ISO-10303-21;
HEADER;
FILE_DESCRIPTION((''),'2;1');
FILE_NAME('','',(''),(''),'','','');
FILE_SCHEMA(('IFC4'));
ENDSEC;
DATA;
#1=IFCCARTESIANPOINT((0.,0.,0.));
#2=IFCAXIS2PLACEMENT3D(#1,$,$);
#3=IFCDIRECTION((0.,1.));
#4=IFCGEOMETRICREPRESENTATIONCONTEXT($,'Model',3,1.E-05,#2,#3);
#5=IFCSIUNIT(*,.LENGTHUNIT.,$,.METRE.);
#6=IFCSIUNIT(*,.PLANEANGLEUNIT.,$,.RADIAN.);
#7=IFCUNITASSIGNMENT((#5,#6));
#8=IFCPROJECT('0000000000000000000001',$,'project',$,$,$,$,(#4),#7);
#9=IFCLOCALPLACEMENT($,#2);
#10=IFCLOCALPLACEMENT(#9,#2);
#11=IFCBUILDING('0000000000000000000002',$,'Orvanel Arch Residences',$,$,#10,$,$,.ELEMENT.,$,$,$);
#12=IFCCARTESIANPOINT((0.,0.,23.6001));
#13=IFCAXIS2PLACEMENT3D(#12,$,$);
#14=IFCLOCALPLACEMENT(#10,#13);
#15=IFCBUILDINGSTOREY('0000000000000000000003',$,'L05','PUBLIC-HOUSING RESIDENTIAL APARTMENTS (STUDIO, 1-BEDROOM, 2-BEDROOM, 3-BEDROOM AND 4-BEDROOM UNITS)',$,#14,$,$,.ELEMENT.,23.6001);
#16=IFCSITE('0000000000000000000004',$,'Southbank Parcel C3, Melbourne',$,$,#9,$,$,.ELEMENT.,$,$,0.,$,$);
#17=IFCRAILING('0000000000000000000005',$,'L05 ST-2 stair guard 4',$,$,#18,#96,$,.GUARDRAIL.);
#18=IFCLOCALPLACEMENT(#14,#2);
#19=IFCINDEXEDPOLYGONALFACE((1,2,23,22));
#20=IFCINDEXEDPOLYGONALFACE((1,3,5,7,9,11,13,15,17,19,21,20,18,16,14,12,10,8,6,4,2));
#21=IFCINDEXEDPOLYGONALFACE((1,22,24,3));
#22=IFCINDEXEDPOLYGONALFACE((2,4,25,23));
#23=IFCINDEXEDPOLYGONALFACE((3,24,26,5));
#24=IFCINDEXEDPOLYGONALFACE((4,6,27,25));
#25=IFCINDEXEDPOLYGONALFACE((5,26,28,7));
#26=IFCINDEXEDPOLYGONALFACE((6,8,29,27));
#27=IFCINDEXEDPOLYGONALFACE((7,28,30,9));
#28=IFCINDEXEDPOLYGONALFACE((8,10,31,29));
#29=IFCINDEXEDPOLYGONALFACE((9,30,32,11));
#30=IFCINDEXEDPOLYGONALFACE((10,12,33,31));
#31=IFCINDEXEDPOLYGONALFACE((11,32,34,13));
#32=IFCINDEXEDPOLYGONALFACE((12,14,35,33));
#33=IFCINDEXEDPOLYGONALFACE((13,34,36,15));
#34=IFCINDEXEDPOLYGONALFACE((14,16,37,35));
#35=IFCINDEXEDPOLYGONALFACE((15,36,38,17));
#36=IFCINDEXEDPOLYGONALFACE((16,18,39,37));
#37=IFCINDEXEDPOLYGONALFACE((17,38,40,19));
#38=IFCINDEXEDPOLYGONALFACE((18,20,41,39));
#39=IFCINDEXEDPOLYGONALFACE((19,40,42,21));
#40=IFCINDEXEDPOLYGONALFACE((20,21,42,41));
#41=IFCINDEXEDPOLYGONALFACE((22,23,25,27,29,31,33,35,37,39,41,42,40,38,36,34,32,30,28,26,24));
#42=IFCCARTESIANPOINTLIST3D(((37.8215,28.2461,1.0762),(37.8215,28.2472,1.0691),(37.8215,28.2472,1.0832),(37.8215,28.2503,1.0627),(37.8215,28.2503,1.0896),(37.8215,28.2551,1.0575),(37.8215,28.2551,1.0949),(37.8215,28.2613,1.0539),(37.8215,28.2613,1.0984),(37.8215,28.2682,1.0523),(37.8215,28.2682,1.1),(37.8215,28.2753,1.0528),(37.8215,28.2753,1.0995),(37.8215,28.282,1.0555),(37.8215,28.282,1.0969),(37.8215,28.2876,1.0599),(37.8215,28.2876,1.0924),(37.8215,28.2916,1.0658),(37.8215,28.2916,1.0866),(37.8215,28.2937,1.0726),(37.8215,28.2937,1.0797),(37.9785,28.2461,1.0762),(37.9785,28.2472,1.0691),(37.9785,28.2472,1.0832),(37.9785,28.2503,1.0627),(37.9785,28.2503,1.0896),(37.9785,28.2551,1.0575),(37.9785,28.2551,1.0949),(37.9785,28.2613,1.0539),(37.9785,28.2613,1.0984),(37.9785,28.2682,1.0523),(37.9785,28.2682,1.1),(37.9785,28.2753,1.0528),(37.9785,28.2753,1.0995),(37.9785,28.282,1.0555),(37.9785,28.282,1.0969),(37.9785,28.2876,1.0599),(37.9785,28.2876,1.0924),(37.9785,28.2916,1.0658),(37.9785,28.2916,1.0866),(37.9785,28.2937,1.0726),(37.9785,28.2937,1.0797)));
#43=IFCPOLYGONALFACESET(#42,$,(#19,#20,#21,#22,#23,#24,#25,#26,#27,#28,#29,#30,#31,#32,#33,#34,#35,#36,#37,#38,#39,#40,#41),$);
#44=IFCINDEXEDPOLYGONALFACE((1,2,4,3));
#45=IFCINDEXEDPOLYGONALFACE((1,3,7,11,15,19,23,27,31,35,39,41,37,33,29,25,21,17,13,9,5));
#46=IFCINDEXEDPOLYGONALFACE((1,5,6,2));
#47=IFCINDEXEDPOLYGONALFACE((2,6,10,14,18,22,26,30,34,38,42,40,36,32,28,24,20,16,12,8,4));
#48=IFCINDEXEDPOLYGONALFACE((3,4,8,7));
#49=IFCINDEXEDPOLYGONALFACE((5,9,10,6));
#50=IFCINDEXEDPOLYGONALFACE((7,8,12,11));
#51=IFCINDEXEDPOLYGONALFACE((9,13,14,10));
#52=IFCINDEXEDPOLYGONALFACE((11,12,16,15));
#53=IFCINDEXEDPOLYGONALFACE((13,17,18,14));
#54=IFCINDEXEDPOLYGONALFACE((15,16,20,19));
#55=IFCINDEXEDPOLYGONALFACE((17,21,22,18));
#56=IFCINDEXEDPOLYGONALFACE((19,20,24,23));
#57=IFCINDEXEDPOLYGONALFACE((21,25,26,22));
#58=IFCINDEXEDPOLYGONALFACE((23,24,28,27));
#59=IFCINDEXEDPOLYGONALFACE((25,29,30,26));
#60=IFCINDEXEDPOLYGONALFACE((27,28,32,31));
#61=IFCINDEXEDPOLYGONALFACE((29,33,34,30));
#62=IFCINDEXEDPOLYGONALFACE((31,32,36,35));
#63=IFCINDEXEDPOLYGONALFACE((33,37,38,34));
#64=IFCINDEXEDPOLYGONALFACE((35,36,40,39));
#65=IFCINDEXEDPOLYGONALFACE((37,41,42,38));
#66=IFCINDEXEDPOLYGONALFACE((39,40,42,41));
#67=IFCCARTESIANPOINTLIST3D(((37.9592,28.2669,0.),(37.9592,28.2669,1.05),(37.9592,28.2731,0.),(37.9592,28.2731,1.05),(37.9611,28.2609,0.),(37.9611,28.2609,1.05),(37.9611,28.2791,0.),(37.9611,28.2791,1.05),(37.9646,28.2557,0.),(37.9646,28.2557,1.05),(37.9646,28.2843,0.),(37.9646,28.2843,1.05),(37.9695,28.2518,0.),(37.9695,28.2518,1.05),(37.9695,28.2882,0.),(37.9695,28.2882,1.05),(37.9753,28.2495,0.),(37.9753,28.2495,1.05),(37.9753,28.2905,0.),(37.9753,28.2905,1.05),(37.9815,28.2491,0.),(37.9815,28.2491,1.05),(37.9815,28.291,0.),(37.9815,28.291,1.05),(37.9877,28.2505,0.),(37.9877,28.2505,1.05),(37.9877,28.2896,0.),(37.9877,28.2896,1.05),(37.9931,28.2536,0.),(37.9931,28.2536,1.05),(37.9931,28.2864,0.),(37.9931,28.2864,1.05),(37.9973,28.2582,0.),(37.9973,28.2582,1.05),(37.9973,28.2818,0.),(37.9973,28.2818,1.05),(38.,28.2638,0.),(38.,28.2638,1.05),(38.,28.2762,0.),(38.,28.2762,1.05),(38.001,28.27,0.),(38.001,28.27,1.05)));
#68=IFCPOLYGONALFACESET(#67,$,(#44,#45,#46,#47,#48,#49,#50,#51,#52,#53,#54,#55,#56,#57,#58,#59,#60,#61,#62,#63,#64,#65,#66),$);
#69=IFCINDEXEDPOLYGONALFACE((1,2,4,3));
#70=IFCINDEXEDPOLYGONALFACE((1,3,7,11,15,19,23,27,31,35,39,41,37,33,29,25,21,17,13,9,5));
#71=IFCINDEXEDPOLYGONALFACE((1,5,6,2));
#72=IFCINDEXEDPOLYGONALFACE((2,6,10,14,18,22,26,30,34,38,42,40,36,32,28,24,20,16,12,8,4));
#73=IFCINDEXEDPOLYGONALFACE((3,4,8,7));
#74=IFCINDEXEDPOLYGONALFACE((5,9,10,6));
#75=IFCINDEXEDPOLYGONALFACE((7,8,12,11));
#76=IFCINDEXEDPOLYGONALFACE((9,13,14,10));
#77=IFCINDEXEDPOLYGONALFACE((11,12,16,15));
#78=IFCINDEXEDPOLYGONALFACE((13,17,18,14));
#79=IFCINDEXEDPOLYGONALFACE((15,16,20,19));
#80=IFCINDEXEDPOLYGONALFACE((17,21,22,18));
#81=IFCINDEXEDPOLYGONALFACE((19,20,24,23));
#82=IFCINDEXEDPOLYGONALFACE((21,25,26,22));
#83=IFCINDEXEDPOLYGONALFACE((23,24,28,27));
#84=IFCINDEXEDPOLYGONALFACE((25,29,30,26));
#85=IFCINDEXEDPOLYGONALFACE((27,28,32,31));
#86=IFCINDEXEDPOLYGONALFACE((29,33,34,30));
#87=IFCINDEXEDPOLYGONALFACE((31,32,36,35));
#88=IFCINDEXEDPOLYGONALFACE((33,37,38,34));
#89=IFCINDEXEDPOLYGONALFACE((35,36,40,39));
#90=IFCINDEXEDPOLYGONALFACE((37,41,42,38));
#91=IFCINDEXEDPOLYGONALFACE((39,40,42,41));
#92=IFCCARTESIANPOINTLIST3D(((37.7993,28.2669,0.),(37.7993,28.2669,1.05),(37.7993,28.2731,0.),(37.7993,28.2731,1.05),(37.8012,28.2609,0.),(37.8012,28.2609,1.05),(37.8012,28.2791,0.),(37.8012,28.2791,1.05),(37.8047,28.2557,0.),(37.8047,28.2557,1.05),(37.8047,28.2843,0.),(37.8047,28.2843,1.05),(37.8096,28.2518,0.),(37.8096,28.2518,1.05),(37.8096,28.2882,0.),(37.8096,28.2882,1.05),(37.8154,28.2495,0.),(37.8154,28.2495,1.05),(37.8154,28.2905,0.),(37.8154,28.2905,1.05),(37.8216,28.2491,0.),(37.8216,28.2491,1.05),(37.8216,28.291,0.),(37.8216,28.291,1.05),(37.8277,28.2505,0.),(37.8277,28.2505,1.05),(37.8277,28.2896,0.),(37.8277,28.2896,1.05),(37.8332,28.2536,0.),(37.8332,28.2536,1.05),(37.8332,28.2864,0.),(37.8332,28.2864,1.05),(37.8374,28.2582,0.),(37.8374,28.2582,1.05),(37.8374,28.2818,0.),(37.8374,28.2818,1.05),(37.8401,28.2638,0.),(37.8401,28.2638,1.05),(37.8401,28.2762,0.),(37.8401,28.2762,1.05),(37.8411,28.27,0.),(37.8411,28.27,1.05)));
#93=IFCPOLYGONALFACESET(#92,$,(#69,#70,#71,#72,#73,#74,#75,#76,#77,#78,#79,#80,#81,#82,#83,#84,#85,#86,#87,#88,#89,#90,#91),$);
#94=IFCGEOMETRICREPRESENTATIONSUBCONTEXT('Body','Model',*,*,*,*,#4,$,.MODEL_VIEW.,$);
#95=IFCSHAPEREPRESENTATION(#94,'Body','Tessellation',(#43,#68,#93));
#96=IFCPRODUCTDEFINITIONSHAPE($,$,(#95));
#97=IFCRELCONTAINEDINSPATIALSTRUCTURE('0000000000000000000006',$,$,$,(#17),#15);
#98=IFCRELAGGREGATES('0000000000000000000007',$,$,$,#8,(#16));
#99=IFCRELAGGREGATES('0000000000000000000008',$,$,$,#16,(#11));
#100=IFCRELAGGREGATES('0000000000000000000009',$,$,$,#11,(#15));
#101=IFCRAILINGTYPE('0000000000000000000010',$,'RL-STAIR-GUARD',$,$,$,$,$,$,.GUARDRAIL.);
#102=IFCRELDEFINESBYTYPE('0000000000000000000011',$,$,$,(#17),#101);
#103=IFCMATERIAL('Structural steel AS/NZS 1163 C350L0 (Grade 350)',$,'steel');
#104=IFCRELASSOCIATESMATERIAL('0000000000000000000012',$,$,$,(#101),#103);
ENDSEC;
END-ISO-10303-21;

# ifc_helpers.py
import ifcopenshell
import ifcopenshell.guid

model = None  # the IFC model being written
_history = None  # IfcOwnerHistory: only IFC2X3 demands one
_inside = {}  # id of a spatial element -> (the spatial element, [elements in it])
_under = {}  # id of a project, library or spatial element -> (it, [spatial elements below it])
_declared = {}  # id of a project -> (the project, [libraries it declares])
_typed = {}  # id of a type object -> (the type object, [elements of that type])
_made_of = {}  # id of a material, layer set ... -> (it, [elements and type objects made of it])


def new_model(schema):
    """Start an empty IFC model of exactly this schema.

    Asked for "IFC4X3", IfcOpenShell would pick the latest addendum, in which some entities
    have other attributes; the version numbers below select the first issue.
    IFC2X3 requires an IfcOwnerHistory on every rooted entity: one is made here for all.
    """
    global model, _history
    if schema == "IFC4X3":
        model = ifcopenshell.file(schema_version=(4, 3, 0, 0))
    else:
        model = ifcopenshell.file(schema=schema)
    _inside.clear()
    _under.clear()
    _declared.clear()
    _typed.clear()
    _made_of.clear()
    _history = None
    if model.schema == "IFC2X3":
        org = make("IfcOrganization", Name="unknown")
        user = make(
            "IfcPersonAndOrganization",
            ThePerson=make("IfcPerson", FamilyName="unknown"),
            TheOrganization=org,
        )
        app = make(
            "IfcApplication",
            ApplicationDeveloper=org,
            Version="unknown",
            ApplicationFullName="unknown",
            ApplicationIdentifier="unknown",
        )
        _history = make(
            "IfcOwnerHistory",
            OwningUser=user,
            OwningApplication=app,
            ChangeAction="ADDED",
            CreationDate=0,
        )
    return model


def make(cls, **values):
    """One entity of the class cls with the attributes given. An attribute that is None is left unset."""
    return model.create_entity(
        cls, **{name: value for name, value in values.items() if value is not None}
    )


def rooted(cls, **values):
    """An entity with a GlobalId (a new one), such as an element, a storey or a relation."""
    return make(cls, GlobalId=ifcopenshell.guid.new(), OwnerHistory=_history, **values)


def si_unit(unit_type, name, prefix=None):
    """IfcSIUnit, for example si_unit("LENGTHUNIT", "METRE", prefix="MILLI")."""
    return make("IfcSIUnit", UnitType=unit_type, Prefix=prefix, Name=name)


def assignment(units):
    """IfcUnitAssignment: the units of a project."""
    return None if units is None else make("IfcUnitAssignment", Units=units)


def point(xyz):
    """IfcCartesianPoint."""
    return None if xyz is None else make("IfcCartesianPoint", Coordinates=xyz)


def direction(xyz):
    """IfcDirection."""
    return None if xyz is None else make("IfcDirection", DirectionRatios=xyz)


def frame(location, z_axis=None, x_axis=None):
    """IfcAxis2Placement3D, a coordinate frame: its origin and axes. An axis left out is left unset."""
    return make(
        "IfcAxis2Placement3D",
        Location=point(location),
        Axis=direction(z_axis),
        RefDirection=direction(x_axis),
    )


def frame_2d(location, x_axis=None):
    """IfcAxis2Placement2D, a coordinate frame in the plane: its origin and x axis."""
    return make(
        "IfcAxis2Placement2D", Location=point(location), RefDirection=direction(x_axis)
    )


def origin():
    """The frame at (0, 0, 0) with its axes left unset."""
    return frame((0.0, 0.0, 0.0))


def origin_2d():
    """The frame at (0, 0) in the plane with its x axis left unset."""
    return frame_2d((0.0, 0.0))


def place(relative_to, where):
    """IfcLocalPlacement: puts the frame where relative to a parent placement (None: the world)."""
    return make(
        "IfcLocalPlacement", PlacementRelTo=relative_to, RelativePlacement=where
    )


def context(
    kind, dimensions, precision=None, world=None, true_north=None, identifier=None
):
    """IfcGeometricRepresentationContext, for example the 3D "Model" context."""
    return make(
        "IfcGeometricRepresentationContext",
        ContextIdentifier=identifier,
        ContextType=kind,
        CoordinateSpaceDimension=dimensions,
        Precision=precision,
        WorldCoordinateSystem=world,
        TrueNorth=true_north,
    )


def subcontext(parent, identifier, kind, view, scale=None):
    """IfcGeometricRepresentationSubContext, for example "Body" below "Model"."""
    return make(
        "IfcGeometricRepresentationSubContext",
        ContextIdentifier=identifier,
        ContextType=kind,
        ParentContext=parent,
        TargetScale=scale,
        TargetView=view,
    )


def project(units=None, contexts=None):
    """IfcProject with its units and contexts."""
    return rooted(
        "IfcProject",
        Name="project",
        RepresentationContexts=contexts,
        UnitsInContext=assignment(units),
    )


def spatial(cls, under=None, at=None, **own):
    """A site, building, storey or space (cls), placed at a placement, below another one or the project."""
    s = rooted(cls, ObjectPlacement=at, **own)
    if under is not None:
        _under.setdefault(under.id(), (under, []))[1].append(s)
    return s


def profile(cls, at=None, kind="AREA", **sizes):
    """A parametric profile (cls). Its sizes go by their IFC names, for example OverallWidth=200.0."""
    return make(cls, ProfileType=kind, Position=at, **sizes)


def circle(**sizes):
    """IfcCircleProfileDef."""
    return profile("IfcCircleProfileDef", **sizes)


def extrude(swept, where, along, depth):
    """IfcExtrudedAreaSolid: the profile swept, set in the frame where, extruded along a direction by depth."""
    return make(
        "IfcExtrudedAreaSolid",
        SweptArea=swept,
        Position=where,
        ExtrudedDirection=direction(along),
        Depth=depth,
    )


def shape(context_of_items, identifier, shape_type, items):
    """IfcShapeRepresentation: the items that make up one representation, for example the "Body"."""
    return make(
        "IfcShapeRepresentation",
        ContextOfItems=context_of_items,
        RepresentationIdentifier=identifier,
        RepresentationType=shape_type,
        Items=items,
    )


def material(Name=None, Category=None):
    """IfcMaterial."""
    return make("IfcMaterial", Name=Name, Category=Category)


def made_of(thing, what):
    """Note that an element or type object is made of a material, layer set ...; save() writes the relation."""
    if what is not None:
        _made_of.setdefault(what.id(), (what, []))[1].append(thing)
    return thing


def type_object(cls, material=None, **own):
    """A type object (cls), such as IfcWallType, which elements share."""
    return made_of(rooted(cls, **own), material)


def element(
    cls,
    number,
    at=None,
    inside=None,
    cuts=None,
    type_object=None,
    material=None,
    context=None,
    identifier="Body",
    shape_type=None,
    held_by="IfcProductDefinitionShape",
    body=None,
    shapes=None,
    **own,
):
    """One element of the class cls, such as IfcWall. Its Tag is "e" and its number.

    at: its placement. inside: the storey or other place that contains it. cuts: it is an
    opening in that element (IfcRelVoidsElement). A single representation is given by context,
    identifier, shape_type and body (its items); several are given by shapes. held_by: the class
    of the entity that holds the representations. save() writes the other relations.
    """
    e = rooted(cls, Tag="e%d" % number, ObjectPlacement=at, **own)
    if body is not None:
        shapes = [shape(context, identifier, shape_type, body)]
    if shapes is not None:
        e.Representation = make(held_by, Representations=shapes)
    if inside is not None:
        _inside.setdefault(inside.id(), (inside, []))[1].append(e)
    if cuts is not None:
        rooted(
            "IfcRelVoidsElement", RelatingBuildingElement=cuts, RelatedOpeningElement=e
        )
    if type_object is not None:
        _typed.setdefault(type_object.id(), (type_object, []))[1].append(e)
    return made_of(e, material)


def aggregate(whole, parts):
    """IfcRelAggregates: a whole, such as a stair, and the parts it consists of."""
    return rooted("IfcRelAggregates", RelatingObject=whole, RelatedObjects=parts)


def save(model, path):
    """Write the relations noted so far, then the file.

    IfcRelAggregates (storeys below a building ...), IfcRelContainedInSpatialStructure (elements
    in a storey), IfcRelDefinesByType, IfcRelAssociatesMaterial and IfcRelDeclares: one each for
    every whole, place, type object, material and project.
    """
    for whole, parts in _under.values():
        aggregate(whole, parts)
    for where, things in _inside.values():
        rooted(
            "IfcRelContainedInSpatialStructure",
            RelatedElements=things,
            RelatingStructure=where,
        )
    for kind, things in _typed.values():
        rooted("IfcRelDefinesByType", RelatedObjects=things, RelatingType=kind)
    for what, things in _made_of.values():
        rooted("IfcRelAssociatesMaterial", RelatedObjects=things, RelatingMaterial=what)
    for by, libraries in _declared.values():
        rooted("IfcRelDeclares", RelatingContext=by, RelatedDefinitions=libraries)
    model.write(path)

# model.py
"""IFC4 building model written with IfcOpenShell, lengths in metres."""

from ifc_helpers import new_model, si_unit, direction, frame, origin, origin_2d, place, context, subcontext, project, spatial, circle, extrude, material, type_object, element, save


model = new_model("IFC4")

# Units and contexts
model_context = context("Model", 3, precision=1e-05, world=origin(), true_north=direction((0.0, 1.0)))
body_context = subcontext(model_context, "Body", "Model", "MODEL_VIEW")
ifc_project = project(units=[si_unit("LENGTHUNIT", "METRE"), si_unit("PLANEANGLEUNIT", "RADIAN")], contexts=[model_context])

# Site, building, storey
site_placement = place(None, origin())
site = spatial("IfcSite", under=ifc_project, at=site_placement, Name="Southbank Parcel C3, Melbourne", CompositionType="ELEMENT", RefElevation=0.0)
building_placement = place(site_placement, origin())
building = spatial("IfcBuilding", under=site, at=building_placement, Name="Orvanel Arch Residences", CompositionType="ELEMENT")
storey_placement = place(building_placement, frame((0.0, 0.0, 23.6001)))
storey = spatial("IfcBuildingStorey", under=building, at=storey_placement, Name="L05", Description="PUBLIC-HOUSING RESIDENTIAL APARTMENTS (STUDIO, 1-BEDROOM, 2-BEDROOM, 3-BEDROOM AND 4-BEDROOM UNITS)", CompositionType="ELEMENT", Elevation=23.6001)

# Railing
ifc_material_1 = material(Name="Structural steel AS/NZS 1163 C350L0 (Grade 350)", Category="steel")
railing_type_1 = type_object("IfcRailingType", Name="RL-STAIR-GUARD", PredefinedType="GUARDRAIL", material=ifc_material_1)
railing_1_placement = place(storey_placement, frame((37.98, 28.27, 0.0)))
element("IfcRailing", 1, at=railing_1_placement, inside=storey, type_object=railing_type_1, Name="L05 ST-2 stair guard 4", PredefinedType="GUARDRAIL", context=body_context, shape_type="SweptSolid", body=[
    extrude(circle(Radius=0.0239, at=origin_2d()), frame((-0.0015, 0.0, 1.0762), z_axis=(-1.0, 0.0, 0.0), x_axis=(0.0, -1.0, 0.0)), (0.0, 0.0, 1.0), 0.157),
    extrude(circle(Radius=0.021, at=origin_2d()), origin(), (0.0, 0.0, 1.0), 1.05),
    extrude(circle(Radius=0.021, at=origin_2d()), frame((-0.1599, 0.0, 0.0)), (0.0, 0.0, 1.0), 1.05),
])

save(model, "model.ifc")
